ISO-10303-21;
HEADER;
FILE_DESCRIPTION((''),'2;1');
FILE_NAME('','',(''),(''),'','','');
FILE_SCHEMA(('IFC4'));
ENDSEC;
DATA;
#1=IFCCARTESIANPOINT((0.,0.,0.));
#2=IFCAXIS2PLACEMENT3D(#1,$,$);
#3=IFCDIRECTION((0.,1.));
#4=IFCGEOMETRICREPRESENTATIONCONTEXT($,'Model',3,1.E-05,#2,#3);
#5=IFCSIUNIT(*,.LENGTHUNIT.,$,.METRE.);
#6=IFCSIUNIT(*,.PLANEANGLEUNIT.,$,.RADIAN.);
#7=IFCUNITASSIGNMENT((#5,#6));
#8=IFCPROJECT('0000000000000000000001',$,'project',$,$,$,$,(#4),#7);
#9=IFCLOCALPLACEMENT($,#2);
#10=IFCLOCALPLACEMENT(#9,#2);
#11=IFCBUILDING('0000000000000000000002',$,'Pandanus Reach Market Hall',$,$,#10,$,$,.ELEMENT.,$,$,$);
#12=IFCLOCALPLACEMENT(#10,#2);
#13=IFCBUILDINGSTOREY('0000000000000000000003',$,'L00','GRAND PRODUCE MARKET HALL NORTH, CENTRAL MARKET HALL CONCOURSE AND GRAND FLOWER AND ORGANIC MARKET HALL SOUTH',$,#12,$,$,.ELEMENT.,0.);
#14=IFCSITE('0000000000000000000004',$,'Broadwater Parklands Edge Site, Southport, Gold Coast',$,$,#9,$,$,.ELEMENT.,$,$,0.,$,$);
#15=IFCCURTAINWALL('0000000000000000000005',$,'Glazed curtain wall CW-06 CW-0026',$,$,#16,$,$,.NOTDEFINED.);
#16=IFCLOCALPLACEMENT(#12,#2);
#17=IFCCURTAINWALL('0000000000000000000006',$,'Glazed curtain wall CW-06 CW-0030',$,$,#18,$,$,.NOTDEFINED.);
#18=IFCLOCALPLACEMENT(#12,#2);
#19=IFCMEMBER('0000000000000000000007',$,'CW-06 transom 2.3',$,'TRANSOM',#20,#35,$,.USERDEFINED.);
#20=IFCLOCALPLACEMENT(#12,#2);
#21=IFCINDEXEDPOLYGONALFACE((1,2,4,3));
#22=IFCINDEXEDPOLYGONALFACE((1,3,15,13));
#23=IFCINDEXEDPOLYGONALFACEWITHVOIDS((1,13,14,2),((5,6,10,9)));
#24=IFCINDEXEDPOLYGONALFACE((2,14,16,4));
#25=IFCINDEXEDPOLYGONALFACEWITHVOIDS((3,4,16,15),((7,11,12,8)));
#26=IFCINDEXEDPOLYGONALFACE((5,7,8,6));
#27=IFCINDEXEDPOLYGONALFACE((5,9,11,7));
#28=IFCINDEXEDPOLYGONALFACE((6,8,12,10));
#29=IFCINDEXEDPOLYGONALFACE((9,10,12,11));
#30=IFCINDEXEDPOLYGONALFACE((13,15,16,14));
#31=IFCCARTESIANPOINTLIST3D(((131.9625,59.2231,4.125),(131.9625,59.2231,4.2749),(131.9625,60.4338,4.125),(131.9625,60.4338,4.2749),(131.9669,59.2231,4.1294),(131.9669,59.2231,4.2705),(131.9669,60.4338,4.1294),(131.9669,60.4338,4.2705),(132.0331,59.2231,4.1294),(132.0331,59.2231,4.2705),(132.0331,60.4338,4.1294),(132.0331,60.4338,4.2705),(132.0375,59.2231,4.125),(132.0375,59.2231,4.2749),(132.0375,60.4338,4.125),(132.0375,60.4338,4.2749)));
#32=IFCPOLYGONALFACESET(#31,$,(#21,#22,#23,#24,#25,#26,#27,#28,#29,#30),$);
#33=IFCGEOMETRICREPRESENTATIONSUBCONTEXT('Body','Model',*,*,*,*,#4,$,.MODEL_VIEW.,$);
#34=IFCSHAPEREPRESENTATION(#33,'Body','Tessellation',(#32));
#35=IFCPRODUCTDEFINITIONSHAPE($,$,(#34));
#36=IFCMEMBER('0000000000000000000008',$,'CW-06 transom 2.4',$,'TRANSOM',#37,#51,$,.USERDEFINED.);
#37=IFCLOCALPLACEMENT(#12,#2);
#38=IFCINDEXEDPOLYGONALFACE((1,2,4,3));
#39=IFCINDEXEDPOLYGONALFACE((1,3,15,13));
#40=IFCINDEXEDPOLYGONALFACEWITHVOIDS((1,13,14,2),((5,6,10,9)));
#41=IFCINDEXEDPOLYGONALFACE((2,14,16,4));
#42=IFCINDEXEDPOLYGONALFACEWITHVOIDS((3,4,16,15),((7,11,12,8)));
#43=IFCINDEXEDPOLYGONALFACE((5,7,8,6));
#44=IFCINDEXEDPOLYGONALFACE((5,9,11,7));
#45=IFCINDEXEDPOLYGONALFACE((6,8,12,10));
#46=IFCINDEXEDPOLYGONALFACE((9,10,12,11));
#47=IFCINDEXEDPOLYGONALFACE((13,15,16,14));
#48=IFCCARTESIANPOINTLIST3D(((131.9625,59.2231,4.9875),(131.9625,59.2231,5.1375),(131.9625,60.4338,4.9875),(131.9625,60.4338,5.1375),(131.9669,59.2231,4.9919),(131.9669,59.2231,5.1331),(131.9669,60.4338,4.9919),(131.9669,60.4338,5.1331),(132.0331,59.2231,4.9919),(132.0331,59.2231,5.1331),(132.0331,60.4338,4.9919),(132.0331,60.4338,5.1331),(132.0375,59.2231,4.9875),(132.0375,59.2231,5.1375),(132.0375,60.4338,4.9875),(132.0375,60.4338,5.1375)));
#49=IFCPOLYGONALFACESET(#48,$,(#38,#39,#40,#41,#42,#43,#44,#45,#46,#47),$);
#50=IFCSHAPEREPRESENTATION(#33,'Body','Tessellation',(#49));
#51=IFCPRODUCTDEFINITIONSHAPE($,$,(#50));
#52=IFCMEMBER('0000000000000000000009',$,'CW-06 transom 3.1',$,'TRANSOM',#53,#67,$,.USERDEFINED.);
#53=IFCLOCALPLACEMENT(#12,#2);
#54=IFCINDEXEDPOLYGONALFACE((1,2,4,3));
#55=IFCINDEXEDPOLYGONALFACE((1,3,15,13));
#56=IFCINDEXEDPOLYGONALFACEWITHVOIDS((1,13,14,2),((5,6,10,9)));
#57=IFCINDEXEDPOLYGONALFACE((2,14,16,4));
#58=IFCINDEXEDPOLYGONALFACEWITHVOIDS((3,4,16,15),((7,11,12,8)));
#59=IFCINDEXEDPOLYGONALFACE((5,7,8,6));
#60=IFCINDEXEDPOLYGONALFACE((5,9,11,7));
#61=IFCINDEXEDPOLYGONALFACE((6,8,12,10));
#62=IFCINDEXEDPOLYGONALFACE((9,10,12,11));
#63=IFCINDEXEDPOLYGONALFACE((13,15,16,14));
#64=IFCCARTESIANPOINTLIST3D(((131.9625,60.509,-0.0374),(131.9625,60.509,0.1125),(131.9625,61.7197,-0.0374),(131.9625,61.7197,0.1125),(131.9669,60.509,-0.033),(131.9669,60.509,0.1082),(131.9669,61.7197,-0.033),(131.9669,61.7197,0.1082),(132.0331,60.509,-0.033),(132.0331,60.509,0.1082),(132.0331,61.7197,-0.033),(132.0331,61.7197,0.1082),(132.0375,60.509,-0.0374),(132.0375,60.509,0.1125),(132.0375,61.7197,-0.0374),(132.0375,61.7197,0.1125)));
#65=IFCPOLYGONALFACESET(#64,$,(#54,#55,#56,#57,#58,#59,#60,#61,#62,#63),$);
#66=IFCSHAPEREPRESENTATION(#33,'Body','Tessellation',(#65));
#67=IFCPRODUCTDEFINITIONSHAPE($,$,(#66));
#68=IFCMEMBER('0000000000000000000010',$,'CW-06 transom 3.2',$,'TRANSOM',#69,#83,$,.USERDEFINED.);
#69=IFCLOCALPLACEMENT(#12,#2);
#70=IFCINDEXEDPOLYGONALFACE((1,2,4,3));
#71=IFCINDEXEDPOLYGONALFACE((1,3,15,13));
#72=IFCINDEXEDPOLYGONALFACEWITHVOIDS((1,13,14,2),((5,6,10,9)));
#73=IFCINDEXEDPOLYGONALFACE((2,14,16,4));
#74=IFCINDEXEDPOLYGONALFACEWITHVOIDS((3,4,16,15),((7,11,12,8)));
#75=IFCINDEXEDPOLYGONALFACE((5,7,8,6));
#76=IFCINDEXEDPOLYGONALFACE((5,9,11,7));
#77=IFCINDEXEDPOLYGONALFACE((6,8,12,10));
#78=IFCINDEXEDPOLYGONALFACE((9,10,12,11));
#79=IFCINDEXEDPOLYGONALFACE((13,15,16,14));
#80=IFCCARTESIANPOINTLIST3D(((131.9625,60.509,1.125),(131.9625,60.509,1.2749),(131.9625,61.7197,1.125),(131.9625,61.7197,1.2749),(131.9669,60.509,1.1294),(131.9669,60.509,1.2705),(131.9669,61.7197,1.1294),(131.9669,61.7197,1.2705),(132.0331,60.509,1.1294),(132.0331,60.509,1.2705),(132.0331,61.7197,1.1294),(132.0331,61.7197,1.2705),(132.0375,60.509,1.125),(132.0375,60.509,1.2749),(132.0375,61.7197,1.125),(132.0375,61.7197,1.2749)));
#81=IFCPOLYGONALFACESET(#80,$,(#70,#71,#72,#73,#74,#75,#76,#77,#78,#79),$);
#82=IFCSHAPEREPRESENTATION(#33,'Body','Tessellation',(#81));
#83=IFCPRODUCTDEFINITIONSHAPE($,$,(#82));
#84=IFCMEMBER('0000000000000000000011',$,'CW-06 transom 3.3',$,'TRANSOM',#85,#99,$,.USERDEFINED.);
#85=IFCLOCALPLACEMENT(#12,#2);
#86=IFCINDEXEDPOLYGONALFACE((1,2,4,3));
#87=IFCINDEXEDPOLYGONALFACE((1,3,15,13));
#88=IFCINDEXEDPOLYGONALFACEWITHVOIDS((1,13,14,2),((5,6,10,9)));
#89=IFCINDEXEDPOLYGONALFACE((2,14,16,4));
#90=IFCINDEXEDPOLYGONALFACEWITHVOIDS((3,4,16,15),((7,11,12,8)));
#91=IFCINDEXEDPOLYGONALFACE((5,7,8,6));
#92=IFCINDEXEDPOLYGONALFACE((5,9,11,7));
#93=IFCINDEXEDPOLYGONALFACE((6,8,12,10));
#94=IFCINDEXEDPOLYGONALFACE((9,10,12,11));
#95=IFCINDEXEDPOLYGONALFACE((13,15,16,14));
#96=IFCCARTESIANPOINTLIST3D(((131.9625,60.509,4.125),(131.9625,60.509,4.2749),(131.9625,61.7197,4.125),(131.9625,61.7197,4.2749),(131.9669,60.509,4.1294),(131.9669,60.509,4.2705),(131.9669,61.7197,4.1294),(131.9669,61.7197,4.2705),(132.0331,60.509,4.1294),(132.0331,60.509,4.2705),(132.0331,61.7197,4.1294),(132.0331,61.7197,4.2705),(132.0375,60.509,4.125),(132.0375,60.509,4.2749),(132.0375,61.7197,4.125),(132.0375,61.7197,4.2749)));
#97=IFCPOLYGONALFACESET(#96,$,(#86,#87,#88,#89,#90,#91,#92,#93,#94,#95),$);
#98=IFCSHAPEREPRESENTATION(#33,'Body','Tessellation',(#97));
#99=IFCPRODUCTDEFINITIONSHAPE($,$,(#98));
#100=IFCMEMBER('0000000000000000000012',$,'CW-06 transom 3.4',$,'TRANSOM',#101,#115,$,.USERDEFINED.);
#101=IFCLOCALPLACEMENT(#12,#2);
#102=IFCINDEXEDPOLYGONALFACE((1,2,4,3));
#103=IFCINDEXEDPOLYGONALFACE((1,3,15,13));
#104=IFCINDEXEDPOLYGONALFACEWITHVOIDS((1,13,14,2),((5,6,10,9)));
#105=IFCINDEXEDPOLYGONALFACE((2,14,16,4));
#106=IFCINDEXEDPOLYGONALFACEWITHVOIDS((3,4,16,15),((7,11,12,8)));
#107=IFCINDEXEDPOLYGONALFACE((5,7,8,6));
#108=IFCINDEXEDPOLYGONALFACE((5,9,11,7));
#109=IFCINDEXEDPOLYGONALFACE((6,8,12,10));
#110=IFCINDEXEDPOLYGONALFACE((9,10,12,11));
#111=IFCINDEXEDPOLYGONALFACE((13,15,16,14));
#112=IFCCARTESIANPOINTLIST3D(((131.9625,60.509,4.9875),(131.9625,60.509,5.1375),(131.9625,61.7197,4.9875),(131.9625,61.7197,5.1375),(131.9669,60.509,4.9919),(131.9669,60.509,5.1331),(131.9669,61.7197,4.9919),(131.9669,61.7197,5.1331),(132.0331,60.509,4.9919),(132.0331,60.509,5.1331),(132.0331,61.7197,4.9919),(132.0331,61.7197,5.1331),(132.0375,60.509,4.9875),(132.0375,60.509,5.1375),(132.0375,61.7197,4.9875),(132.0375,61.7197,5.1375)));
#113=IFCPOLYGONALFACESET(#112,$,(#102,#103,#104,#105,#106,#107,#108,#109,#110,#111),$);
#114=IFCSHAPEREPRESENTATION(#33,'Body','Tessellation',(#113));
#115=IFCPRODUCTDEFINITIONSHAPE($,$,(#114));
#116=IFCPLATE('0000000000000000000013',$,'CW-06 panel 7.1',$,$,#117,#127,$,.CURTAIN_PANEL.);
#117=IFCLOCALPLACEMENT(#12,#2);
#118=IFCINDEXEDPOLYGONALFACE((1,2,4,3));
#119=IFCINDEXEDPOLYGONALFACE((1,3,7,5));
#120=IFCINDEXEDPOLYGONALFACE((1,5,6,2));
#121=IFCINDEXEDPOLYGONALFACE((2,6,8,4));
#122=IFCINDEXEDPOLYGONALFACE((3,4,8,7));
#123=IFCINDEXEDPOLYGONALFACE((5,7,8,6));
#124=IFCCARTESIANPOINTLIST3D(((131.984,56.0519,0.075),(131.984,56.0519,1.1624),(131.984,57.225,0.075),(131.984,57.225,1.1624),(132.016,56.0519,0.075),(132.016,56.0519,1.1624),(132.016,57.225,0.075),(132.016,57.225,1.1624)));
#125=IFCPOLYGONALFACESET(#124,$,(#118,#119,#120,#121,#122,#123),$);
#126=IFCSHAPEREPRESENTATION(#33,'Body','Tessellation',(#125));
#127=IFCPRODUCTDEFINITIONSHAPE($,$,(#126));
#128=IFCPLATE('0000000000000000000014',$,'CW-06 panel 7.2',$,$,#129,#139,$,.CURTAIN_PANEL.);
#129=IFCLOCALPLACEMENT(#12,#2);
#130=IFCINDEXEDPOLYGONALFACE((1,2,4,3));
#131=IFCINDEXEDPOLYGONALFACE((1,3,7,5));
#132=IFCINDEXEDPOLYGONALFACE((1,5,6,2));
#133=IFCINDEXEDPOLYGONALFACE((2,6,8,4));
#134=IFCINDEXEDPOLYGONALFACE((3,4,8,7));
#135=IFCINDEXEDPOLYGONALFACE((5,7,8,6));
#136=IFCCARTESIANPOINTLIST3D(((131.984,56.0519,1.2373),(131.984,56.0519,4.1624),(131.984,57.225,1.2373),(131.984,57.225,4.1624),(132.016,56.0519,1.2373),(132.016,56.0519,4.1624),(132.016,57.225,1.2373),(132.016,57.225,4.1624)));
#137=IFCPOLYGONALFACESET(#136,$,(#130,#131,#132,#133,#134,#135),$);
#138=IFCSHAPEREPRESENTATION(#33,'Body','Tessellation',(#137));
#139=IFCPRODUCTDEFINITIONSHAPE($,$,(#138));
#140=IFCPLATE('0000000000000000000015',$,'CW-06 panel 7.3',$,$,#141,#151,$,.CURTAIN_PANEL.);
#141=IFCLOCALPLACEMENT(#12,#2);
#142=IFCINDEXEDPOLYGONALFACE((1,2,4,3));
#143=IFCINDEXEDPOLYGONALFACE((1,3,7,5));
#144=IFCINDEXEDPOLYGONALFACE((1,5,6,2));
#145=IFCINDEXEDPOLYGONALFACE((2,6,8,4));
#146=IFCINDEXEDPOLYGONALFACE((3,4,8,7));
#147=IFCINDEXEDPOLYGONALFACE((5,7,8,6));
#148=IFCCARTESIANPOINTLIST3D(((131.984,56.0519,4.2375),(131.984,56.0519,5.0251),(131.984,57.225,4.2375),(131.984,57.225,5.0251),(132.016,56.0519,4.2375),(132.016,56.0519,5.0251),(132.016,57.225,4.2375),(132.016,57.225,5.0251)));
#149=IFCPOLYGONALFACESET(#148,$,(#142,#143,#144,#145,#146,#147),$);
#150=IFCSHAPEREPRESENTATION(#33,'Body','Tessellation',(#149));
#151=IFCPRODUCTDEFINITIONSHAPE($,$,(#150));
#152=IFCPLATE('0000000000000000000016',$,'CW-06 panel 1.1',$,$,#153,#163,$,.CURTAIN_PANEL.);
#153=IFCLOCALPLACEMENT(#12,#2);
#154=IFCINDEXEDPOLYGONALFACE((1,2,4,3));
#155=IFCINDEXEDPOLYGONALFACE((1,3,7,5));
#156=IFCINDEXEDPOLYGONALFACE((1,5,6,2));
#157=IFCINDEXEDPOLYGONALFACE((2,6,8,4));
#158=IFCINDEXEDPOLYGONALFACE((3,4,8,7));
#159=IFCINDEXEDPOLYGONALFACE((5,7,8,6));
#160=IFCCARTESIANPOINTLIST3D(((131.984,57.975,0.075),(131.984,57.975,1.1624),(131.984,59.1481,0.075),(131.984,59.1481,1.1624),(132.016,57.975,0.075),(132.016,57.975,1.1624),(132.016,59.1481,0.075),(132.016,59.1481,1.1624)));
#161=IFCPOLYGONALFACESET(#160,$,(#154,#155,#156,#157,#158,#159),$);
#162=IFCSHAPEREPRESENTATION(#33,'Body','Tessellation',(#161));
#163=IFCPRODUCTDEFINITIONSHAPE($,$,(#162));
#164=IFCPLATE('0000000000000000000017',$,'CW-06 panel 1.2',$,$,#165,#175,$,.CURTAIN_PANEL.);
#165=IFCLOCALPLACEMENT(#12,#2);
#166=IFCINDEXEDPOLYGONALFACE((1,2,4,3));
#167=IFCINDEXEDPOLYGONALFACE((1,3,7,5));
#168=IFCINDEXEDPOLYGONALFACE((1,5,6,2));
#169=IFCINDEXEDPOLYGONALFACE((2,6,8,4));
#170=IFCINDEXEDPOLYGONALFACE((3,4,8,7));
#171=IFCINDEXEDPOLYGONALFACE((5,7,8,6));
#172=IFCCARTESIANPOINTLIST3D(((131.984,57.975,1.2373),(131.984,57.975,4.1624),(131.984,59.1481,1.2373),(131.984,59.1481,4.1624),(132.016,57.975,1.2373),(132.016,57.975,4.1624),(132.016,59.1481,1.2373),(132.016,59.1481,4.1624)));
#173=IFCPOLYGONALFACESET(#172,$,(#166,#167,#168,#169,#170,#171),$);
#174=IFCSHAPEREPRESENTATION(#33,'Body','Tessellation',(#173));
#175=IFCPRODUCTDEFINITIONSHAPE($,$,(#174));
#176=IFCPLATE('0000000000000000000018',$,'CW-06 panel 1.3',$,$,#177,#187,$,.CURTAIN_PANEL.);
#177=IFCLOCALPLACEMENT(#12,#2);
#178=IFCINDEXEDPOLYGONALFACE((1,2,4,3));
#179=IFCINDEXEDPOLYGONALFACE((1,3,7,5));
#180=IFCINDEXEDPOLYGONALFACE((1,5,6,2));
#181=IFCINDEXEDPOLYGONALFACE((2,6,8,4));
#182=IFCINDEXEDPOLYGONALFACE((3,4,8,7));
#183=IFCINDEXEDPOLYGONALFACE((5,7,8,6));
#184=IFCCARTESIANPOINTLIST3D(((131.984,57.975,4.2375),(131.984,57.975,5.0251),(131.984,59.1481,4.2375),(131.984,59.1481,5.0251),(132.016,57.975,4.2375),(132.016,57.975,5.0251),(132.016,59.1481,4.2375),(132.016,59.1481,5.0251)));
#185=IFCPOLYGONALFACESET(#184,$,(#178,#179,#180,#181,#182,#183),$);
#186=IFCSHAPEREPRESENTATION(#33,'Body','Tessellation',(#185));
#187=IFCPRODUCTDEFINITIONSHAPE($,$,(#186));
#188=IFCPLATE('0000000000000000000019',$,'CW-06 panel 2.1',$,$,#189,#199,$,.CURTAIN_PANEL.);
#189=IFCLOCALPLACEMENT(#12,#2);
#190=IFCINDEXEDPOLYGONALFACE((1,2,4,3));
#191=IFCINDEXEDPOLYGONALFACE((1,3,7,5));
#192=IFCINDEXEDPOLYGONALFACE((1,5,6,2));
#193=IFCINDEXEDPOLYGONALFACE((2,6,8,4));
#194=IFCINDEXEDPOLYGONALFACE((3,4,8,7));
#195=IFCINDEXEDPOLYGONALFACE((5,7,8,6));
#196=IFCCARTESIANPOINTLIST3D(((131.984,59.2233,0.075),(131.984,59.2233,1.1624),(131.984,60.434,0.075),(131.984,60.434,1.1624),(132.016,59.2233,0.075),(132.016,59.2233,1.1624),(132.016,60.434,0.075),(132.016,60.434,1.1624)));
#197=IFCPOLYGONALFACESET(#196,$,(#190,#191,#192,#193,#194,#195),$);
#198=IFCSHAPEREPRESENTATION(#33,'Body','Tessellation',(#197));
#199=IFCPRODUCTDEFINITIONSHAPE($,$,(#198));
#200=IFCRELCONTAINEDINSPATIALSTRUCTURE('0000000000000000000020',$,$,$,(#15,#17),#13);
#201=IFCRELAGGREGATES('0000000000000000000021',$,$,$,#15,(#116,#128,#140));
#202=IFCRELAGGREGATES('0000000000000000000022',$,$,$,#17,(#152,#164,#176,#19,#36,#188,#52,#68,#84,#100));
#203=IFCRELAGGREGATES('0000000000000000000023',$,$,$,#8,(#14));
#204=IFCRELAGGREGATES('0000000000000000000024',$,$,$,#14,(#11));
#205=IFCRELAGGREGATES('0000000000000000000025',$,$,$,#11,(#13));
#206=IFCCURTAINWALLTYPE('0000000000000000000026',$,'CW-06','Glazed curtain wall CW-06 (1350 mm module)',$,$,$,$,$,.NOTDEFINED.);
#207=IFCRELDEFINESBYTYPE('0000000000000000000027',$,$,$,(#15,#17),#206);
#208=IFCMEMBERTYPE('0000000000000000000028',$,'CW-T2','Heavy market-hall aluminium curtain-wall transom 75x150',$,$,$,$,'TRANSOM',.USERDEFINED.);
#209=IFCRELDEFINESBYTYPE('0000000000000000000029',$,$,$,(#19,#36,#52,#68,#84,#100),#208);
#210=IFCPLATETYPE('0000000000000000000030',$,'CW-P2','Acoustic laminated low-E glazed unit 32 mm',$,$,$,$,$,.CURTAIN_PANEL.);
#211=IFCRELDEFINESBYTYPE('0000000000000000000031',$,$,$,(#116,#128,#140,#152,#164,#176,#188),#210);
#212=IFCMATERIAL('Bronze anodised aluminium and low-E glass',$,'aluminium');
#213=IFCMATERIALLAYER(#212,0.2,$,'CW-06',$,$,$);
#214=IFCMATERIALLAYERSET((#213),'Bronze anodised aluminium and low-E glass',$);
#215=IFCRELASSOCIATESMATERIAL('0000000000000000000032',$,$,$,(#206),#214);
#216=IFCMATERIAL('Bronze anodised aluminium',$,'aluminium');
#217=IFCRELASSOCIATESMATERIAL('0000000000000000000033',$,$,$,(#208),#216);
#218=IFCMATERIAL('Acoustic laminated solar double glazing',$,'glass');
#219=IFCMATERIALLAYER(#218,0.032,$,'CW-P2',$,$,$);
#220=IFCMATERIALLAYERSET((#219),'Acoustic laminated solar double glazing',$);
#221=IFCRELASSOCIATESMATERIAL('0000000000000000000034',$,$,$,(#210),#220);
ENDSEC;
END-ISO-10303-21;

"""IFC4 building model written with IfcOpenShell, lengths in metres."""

from ifc_helpers import new_model, si_unit, direction, frame, origin, origin_2d, place, context, subcontext, project, spatial, rectangle, hollow_rectangle, extrude, material, layer, layer_set, material_profile, profile_set, type_object, element, aggregate, save


model = new_model("IFC4")

# Units and contexts
model_context = context("Model", 3, precision=1e-05, world=origin(), true_north=direction((0.0, 1.0)))
body_context = subcontext(model_context, "Body", "Model", "MODEL_VIEW")
ifc_project = project(units=[si_unit("LENGTHUNIT", "METRE"), si_unit("PLANEANGLEUNIT", "RADIAN")], contexts=[model_context])

# Site, building, storey
site_placement = place(None, origin())
site = spatial("IfcSite", under=ifc_project, at=site_placement, Name="Broadwater Parklands Edge Site, Southport, Gold Coast", CompositionType="ELEMENT", RefElevation=0.0)
building_placement = place(site_placement, origin())
building = spatial("IfcBuilding", under=site, at=building_placement, Name="Pandanus Reach Market Hall", CompositionType="ELEMENT")
storey_placement = place(building_placement, origin())
storey = spatial("IfcBuildingStorey", under=building, at=storey_placement, Name="L00", Description="GRAND PRODUCE MARKET HALL NORTH, CENTRAL MARKET HALL CONCOURSE AND GRAND FLOWER AND ORGANIC MARKET HALL SOUTH", CompositionType="ELEMENT", Elevation=0.0)

# Curtain walls
ifc_material_1 = material(Name="Bronze anodised aluminium and low-E glass", Category="aluminium")
ifc_layer_1 = layer(ifc_material_1, 0.2, Name="CW-06")
ifc_layer_set_1 = layer_set([ifc_layer_1], Name="Bronze anodised aluminium and low-E glass")
curtain_wall_type = type_object("IfcCurtainWallType", Name="CW-06", Description="Glazed curtain wall CW-06 (1350 mm module)", PredefinedType="NOTDEFINED", material=ifc_layer_set_1)
curtain_wall_1_placement = place(storey_placement, origin())
curtain_wall_1 = element("IfcCurtainWall", 1, at=curtain_wall_1_placement, inside=storey, type_object=curtain_wall_type, Name="Glazed curtain wall CW-06 CW-0026", PredefinedType="NOTDEFINED")
ifc_material_2 = material(Name="Bronze anodised aluminium", Category="aluminium")
curtain_wall_2_placement = place(storey_placement, origin())
curtain_wall_2 = element("IfcCurtainWall", 2, at=curtain_wall_2_placement, inside=storey, type_object=curtain_wall_type, Name="Glazed curtain wall CW-06 CW-0030", PredefinedType="NOTDEFINED")

# Members
ifc_material_profile_1 = material_profile(ifc_material_2, hollow_rectangle(XDim=0.075, YDim=0.1499, WallThickness=0.0044, at=origin_2d()), Name="ALU75x150", Category="LoadBearing")
ifc_profile_set_1 = profile_set([ifc_material_profile_1], Name="Bronze anodised aluminium")
member_type_1 = type_object("IfcMemberType", Name="CW-T2", Description="Heavy market-hall aluminium curtain-wall transom 75x150", ElementType="TRANSOM", PredefinedType="USERDEFINED", material=ifc_profile_set_1)
member_1_placement = place(storey_placement, frame((132.0, 59.2231, 4.2), z_axis=(0.0, 1.0, 0.0), x_axis=(-1.0, 0.0, 0.0)))
member_1 = element("IfcMember", 3, at=member_1_placement, type_object=member_type_1, Name="CW-06 transom 2.3", ObjectType="TRANSOM", PredefinedType="USERDEFINED", context=body_context, shape_type="SweptSolid", body=[
    extrude(hollow_rectangle(XDim=0.075, YDim=0.1499, WallThickness=0.0044, at=origin_2d()), origin(), (0.0, 0.0, 1.0), 1.2107),
])
member_2_placement = place(storey_placement, frame((132.0, 59.2231, 5.0625), z_axis=(0.0, 1.0, 0.0), x_axis=(-1.0, 0.0, 0.0)))
member_2 = element("IfcMember", 4, at=member_2_placement, type_object=member_type_1, Name="CW-06 transom 2.4", ObjectType="TRANSOM", PredefinedType="USERDEFINED", context=body_context, shape_type="SweptSolid", body=[
    extrude(hollow_rectangle(XDim=0.075, YDim=0.1499, WallThickness=0.0044, at=origin_2d()), origin(), (0.0, 0.0, 1.0), 1.2107),
])
member_3_placement = place(storey_placement, frame((132.0, 60.509, 0.0376), z_axis=(0.0, 1.0, 0.0), x_axis=(-1.0, 0.0, 0.0)))
member_3 = element("IfcMember", 5, at=member_3_placement, type_object=member_type_1, Name="CW-06 transom 3.1", ObjectType="TRANSOM", PredefinedType="USERDEFINED", context=body_context, shape_type="SweptSolid", body=[
    extrude(hollow_rectangle(XDim=0.075, YDim=0.1499, WallThickness=0.0044, at=origin_2d()), origin(), (0.0, 0.0, 1.0), 1.2107),
])
member_4_placement = place(storey_placement, frame((132.0, 60.509, 1.2), z_axis=(0.0, 1.0, 0.0), x_axis=(-1.0, 0.0, 0.0)))
member_4 = element("IfcMember", 6, at=member_4_placement, type_object=member_type_1, Name="CW-06 transom 3.2", ObjectType="TRANSOM", PredefinedType="USERDEFINED", context=body_context, shape_type="SweptSolid", body=[
    extrude(hollow_rectangle(XDim=0.075, YDim=0.1499, WallThickness=0.0044, at=origin_2d()), origin(), (0.0, 0.0, 1.0), 1.2107),
])
member_5_placement = place(storey_placement, frame((132.0, 60.509, 4.2), z_axis=(0.0, 1.0, 0.0), x_axis=(-1.0, 0.0, 0.0)))
member_5 = element("IfcMember", 7, at=member_5_placement, type_object=member_type_1, Name="CW-06 transom 3.3", ObjectType="TRANSOM", PredefinedType="USERDEFINED", context=body_context, shape_type="SweptSolid", body=[
    extrude(hollow_rectangle(XDim=0.075, YDim=0.1499, WallThickness=0.0044, at=origin_2d()), origin(), (0.0, 0.0, 1.0), 1.2107),
])
member_6_placement = place(storey_placement, frame((132.0, 60.509, 5.0625), z_axis=(0.0, 1.0, 0.0), x_axis=(-1.0, 0.0, 0.0)))
member_6 = element("IfcMember", 8, at=member_6_placement, type_object=member_type_1, Name="CW-06 transom 3.4", ObjectType="TRANSOM", PredefinedType="USERDEFINED", context=body_context, shape_type="SweptSolid", body=[
    extrude(hollow_rectangle(XDim=0.075, YDim=0.1499, WallThickness=0.0044, at=origin_2d()), origin(), (0.0, 0.0, 1.0), 1.2107),
])

# Plates
ifc_material_3 = material(Name="Acoustic laminated solar double glazing", Category="glass")
ifc_layer_2 = layer(ifc_material_3, 0.032, Name="CW-P2")
ifc_layer_set_2 = layer_set([ifc_layer_2], Name="Acoustic laminated solar double glazing")
plate_type = type_object("IfcPlateType", Name="CW-P2", Description="Acoustic laminated low-E glazed unit 32 mm", PredefinedType="CURTAIN_PANEL", material=ifc_layer_set_2)
plate_1_placement = place(storey_placement, frame((132.0, 56.6384, 0.075), z_axis=(0.0, 0.0, 1.0), x_axis=(0.0, 1.0, 0.0)))
plate_1 = element("IfcPlate", 9, at=plate_1_placement, type_object=plate_type, Name="CW-06 panel 7.1", PredefinedType="CURTAIN_PANEL", context=body_context, shape_type="SweptSolid", body=[
    extrude(rectangle(XDim=1.1731, YDim=0.032, at=origin_2d()), origin(), (0.0, 0.0, 1.0), 1.0874),
])
plate_2_placement = place(storey_placement, frame((132.0, 56.6384, 1.2373), z_axis=(0.0, 0.0, 1.0), x_axis=(0.0, 1.0, 0.0)))
plate_2 = element("IfcPlate", 10, at=plate_2_placement, type_object=plate_type, Name="CW-06 panel 7.2", PredefinedType="CURTAIN_PANEL", context=body_context, shape_type="SweptSolid", body=[
    extrude(rectangle(XDim=1.1731, YDim=0.032, at=origin_2d()), origin(), (0.0, 0.0, 1.0), 2.925),
])
plate_3_placement = place(storey_placement, frame((132.0, 56.6384, 4.2375), z_axis=(0.0, 0.0, 1.0), x_axis=(0.0, 1.0, 0.0)))
plate_3 = element("IfcPlate", 11, at=plate_3_placement, type_object=plate_type, Name="CW-06 panel 7.3", PredefinedType="CURTAIN_PANEL", context=body_context, shape_type="SweptSolid", body=[
    extrude(rectangle(XDim=1.1731, YDim=0.032, at=origin_2d()), origin(), (0.0, 0.0, 1.0), 0.7876),
])
aggregate(curtain_wall_1, [plate_1, plate_2, plate_3])
plate_4_placement = place(storey_placement, frame((132.0, 58.5615, 0.075), z_axis=(0.0, 0.0, 1.0), x_axis=(0.0, 1.0, 0.0)))
plate_4 = element("IfcPlate", 12, at=plate_4_placement, type_object=plate_type, Name="CW-06 panel 1.1", PredefinedType="CURTAIN_PANEL", context=body_context, shape_type="SweptSolid", body=[
    extrude(rectangle(XDim=1.1731, YDim=0.032, at=origin_2d()), origin(), (0.0, 0.0, 1.0), 1.0874),
])
plate_5_placement = place(storey_placement, frame((132.0, 58.5615, 1.2373), z_axis=(0.0, 0.0, 1.0), x_axis=(0.0, 1.0, 0.0)))
plate_5 = element("IfcPlate", 13, at=plate_5_placement, type_object=plate_type, Name="CW-06 panel 1.2", PredefinedType="CURTAIN_PANEL", context=body_context, shape_type="SweptSolid", body=[
    extrude(rectangle(XDim=1.1731, YDim=0.032, at=origin_2d()), origin(), (0.0, 0.0, 1.0), 2.925),
])
plate_6_placement = place(storey_placement, frame((132.0, 58.5615, 4.2375), z_axis=(0.0, 0.0, 1.0), x_axis=(0.0, 1.0, 0.0)))
plate_6 = element("IfcPlate", 14, at=plate_6_placement, type_object=plate_type, Name="CW-06 panel 1.3", PredefinedType="CURTAIN_PANEL", context=body_context, shape_type="SweptSolid", body=[
    extrude(rectangle(XDim=1.1731, YDim=0.032, at=origin_2d()), origin(), (0.0, 0.0, 1.0), 0.7876),
])
plate_7_placement = place(storey_placement, frame((132.0, 59.8286, 0.075), z_axis=(0.0, 0.0, 1.0), x_axis=(0.0, 1.0, 0.0)))
plate_7 = element("IfcPlate", 15, at=plate_7_placement, type_object=plate_type, Name="CW-06 panel 2.1", PredefinedType="CURTAIN_PANEL", context=body_context, shape_type="SweptSolid", body=[
    extrude(rectangle(XDim=1.2107, YDim=0.032, at=origin_2d()), origin(), (0.0, 0.0, 1.0), 1.0874),
])
aggregate(curtain_wall_2, [plate_4, plate_5, plate_6, member_1, member_2, plate_7, member_3, member_4, member_5, member_6])

save(model, "model.ifc")
